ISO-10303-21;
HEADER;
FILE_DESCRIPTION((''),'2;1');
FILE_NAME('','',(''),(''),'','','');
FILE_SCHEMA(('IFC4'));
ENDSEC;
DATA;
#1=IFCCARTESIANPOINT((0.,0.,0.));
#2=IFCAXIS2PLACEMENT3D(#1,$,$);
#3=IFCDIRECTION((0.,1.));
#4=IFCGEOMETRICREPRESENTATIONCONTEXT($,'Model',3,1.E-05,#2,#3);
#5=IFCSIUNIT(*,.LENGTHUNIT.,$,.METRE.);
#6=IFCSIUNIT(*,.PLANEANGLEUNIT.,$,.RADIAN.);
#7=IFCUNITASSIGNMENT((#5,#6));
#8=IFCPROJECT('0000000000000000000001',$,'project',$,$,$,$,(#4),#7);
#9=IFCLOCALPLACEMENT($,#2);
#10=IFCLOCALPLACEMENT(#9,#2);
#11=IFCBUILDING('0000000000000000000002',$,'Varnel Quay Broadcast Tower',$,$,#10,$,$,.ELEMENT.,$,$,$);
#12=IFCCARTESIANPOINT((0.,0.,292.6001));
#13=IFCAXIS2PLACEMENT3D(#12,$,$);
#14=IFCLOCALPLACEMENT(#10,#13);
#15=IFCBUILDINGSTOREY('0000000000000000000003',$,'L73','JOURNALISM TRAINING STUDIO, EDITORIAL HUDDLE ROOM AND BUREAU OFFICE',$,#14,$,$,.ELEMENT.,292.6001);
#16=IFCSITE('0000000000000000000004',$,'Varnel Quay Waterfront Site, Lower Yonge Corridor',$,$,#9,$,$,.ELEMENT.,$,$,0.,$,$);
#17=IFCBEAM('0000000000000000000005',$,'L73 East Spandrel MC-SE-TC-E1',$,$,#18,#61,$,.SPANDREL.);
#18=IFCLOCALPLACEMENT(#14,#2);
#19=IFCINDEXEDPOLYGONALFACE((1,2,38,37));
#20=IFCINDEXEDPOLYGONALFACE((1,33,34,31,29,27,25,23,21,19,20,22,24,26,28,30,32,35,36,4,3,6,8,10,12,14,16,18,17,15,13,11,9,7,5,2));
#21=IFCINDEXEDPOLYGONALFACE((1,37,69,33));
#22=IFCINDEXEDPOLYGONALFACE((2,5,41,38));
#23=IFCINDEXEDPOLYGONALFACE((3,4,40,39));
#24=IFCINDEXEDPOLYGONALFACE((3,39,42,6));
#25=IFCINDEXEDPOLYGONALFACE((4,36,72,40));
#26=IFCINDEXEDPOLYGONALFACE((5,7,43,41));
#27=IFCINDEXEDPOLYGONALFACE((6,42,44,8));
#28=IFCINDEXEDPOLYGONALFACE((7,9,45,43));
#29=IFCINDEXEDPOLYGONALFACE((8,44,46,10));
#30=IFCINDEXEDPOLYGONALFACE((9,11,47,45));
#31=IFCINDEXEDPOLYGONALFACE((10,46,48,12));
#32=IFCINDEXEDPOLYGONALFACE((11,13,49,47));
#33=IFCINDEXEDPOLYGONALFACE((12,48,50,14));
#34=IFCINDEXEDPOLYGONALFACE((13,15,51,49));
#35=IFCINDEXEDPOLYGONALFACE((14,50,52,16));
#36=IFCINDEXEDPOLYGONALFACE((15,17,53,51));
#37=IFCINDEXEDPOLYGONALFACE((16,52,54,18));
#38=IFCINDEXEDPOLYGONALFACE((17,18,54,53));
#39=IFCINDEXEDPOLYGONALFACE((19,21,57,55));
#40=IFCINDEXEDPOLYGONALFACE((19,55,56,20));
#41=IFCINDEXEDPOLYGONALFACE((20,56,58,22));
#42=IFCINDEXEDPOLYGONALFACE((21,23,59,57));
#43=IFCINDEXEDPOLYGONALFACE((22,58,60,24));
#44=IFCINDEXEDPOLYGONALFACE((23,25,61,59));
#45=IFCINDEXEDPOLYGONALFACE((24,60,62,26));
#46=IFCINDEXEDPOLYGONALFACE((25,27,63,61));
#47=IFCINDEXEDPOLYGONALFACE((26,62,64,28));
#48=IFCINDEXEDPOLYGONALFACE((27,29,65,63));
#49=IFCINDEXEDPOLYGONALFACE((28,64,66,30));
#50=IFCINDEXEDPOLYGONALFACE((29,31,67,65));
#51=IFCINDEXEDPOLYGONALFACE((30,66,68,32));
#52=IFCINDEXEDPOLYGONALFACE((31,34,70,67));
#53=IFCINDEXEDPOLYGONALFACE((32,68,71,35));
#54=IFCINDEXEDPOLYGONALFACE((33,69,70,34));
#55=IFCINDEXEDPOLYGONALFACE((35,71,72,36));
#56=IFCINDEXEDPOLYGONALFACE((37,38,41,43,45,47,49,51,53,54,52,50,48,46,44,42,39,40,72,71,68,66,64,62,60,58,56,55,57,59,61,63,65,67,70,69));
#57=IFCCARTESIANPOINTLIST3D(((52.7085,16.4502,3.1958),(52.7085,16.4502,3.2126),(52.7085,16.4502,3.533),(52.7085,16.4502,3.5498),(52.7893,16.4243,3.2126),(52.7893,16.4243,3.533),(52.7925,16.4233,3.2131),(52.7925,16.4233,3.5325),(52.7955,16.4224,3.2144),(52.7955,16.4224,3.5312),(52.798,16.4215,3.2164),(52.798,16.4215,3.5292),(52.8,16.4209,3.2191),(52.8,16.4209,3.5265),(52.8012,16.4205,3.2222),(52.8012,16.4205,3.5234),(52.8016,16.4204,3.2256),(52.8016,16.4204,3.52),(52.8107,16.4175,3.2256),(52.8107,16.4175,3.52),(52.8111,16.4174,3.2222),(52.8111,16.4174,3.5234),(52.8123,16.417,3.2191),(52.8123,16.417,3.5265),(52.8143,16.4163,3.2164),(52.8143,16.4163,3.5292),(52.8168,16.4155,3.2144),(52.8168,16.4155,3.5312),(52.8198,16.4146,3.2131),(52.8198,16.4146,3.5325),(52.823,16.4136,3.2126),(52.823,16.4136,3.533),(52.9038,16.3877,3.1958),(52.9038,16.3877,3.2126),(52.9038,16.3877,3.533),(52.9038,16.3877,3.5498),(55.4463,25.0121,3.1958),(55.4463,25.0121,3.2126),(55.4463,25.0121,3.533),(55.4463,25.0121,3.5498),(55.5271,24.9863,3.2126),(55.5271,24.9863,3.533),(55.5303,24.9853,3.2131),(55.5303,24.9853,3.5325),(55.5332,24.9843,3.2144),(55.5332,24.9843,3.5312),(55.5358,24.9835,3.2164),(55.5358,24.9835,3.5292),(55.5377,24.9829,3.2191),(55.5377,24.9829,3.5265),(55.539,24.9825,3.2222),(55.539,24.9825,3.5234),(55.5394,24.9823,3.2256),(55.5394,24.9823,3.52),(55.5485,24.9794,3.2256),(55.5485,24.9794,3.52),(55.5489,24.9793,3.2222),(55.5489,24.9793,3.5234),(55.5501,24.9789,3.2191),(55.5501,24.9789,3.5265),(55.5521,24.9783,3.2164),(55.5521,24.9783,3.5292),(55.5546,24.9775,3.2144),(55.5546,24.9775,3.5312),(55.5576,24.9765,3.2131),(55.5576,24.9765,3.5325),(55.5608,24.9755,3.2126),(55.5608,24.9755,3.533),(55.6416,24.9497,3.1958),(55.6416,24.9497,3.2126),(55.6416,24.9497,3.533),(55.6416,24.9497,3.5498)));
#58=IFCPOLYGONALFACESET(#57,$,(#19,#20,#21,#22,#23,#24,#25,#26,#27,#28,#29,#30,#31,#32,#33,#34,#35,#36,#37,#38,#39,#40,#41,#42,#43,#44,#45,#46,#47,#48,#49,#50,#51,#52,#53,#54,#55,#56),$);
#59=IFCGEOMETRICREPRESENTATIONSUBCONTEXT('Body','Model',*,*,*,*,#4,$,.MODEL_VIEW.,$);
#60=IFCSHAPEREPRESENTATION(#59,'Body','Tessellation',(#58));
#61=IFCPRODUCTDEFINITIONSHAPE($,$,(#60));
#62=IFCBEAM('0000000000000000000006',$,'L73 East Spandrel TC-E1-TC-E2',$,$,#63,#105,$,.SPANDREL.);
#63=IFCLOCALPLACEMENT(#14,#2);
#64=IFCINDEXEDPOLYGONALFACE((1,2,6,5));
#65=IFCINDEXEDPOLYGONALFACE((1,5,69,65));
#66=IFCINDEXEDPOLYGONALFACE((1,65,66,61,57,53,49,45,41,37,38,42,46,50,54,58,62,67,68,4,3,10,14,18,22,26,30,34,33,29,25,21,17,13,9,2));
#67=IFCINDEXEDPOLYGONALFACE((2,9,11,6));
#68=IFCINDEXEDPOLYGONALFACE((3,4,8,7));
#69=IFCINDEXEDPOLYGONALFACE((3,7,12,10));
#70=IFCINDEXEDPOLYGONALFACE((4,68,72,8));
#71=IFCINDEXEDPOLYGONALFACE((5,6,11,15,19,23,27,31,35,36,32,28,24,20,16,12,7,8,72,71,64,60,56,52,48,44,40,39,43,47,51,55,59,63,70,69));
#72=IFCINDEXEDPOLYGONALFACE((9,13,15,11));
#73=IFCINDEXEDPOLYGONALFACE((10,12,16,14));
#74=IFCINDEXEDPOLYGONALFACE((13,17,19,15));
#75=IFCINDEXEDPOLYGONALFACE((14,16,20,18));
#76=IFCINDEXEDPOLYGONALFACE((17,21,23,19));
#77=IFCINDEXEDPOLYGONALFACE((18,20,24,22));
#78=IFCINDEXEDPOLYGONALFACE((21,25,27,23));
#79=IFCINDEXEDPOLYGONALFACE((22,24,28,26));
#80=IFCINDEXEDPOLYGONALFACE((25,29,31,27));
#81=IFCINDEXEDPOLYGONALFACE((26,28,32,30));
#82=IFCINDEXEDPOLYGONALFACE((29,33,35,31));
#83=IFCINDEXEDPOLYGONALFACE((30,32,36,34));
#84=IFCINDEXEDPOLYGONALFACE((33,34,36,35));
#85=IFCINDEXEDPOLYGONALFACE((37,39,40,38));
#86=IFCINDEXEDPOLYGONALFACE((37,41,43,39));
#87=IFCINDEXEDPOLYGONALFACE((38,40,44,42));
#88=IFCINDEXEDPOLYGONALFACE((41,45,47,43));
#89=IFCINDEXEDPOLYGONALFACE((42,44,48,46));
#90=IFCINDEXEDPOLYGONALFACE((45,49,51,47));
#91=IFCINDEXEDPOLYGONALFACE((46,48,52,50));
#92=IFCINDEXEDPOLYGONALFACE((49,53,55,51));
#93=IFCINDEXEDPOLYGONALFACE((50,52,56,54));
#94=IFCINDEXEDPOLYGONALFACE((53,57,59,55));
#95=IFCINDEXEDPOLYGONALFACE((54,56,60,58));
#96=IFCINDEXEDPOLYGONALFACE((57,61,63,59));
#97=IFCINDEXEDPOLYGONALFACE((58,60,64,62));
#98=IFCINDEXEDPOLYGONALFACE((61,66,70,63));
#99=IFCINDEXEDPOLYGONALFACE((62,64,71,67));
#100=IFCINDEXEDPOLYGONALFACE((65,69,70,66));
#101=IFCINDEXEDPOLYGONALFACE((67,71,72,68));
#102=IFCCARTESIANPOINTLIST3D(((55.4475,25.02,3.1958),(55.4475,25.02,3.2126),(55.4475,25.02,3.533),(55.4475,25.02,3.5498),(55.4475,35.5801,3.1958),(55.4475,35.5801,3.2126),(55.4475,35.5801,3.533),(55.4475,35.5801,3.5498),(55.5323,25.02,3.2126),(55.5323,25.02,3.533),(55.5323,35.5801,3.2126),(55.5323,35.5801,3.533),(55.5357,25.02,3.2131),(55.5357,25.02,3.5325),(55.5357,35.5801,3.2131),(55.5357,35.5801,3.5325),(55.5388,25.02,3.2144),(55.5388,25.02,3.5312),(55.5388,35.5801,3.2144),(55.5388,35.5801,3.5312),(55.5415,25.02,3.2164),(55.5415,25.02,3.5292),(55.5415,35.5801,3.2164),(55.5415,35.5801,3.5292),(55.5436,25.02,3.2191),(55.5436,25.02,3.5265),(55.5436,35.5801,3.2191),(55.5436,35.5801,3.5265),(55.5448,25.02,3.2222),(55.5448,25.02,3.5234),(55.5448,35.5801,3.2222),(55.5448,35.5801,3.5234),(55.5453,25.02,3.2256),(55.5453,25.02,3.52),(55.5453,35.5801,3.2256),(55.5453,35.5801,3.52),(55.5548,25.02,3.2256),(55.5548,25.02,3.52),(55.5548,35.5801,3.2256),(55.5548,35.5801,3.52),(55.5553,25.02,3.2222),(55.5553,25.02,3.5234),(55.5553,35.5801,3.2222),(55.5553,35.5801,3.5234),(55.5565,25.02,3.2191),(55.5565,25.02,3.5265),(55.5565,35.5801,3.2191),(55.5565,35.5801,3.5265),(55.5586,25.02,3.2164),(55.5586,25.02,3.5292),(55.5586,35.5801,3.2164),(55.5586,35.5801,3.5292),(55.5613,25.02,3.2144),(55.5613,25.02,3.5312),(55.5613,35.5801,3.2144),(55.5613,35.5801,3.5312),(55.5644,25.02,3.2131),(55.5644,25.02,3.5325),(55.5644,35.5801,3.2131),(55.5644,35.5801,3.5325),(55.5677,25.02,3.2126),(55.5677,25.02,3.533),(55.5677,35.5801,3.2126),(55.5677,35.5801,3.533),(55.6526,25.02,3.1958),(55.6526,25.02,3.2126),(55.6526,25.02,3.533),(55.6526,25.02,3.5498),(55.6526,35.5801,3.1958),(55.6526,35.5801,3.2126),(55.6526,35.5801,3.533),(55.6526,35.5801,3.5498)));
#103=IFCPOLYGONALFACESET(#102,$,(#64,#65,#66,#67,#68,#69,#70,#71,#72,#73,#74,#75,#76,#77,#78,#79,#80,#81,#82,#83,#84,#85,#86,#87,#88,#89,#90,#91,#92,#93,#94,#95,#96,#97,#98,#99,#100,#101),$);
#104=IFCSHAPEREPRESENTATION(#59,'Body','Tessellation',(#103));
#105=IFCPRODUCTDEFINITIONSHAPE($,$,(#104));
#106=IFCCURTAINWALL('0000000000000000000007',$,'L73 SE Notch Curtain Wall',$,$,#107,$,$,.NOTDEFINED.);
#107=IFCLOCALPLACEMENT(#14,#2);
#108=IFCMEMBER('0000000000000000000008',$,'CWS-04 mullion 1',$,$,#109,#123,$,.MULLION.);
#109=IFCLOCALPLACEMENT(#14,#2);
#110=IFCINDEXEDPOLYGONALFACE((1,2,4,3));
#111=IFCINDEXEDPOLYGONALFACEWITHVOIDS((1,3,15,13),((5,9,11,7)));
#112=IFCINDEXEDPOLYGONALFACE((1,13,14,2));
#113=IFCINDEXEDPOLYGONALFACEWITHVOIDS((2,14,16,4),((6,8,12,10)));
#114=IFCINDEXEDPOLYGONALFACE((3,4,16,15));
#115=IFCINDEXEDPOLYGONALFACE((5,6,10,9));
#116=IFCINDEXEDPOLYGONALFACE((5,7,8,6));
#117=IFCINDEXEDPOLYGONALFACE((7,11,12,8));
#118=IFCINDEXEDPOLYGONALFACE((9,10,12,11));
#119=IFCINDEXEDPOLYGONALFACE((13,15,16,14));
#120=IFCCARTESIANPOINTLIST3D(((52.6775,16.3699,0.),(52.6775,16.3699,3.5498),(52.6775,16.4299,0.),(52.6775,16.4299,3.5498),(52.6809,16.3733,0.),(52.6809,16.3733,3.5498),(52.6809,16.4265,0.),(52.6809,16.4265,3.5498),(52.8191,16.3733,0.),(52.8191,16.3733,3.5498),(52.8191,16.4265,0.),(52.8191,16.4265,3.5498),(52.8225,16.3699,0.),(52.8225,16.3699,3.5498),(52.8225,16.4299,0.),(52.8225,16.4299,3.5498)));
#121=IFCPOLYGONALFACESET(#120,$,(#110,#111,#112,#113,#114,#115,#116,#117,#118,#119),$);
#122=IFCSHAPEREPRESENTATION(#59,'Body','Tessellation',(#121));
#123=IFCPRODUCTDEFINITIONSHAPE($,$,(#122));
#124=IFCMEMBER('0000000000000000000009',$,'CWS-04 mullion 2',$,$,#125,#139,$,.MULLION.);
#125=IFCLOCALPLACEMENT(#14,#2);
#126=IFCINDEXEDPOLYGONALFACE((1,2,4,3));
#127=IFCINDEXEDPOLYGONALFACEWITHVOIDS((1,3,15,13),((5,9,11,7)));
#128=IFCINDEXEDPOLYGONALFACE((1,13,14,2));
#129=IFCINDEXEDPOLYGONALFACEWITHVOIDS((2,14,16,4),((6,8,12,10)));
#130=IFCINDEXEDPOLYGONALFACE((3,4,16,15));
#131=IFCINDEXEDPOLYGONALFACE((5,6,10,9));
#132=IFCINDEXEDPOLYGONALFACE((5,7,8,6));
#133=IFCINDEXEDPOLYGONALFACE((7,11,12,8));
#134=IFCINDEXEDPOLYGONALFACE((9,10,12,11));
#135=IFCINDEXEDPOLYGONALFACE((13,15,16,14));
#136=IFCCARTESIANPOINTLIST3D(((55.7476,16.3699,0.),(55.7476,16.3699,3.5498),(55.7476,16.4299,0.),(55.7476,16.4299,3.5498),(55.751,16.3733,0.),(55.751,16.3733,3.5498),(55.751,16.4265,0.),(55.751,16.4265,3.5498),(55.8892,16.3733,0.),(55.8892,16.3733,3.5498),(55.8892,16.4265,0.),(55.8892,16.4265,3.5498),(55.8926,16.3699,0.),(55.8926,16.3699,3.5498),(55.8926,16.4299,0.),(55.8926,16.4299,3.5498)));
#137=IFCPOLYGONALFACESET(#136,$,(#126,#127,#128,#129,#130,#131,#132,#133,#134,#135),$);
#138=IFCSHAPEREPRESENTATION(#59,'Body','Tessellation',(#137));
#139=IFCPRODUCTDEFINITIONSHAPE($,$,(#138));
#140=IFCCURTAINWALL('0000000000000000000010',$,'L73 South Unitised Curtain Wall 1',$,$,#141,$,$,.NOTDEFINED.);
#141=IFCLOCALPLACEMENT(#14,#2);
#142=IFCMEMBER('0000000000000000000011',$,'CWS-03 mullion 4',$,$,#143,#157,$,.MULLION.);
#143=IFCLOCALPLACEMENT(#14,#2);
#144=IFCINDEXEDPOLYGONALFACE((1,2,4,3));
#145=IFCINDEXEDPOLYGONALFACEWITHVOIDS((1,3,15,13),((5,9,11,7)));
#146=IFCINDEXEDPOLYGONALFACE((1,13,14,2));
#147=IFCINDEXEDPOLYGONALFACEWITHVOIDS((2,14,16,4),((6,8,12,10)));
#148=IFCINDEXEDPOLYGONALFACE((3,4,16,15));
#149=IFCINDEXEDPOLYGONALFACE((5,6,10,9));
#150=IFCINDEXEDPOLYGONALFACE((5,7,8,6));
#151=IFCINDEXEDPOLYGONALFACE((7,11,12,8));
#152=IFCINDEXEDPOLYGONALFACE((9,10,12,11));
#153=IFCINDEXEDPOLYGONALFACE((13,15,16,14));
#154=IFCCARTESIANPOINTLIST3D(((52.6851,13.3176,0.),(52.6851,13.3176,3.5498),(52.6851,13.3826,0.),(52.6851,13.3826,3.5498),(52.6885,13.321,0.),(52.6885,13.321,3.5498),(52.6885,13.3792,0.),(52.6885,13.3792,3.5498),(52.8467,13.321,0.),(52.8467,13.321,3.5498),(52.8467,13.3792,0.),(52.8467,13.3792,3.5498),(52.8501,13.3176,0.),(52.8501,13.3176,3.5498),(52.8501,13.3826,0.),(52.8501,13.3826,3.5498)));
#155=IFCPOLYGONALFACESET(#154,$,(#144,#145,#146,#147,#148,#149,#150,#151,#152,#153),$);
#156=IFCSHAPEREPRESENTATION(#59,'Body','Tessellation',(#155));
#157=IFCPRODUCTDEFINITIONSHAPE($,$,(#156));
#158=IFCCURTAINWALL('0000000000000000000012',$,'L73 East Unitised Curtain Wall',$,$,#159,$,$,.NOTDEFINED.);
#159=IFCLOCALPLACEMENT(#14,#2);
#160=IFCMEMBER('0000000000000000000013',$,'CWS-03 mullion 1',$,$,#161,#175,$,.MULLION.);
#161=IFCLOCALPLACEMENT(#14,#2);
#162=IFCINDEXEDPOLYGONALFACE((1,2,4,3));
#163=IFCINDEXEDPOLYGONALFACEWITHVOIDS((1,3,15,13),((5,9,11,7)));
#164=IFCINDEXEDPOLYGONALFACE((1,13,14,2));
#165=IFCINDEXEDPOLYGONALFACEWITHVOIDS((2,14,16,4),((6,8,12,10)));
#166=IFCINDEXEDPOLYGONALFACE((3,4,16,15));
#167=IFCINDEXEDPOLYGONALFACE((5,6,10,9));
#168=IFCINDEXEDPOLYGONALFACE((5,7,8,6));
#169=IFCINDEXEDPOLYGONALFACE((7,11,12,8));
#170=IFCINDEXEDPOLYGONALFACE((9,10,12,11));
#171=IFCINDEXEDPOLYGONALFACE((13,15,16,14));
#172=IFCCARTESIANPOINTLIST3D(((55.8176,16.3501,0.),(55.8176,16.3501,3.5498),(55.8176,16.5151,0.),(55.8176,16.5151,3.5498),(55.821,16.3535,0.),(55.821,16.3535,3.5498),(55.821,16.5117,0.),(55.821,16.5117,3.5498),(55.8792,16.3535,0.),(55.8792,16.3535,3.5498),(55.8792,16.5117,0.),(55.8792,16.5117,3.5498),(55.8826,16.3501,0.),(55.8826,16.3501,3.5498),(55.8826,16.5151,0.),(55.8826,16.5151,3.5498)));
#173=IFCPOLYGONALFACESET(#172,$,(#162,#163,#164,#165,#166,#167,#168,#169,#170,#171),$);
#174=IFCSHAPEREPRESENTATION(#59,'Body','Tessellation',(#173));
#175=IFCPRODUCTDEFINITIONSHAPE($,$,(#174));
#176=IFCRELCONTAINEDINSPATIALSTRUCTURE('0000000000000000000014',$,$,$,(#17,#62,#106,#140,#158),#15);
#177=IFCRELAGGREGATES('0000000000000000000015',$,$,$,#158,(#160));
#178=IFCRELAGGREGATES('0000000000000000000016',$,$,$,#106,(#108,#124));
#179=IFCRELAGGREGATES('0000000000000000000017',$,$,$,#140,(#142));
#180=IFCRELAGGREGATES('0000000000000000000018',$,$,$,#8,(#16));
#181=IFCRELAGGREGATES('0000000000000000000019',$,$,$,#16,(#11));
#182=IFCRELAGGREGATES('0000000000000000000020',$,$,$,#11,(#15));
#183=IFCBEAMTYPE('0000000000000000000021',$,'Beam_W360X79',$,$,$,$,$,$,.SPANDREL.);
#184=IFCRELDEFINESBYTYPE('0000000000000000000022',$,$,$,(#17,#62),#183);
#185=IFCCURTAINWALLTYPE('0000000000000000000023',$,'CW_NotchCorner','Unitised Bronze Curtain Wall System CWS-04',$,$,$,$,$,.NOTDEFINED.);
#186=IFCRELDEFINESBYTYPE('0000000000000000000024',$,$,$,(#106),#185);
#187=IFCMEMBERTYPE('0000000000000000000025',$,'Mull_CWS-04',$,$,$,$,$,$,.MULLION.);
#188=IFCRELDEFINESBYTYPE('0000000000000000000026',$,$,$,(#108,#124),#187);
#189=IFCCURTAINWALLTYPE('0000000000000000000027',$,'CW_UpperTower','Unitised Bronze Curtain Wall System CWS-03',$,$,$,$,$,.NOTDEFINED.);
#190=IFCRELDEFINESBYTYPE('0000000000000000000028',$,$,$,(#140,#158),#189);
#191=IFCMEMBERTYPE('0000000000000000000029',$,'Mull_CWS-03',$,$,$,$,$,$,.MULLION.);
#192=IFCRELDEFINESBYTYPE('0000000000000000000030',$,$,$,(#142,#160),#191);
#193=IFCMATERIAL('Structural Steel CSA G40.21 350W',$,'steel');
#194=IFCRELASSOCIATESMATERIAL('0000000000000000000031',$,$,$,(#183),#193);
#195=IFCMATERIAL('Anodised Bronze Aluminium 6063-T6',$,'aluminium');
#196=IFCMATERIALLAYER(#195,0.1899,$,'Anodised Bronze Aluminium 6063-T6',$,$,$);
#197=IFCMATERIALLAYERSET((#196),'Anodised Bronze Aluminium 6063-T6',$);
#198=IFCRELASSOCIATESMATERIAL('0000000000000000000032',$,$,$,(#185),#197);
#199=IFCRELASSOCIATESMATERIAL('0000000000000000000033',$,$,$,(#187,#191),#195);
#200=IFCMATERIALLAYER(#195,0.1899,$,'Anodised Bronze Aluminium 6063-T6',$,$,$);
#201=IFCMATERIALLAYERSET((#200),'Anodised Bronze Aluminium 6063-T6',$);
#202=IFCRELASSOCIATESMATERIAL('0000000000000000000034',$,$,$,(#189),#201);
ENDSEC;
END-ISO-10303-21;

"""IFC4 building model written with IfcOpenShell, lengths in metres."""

from ifc_helpers import new_model, si_unit, direction, frame, origin, origin_2d, place, context, subcontext, project, spatial, hollow_rectangle, i_section, extrude, source, transform, mapped, material, layer, layer_set, material_profile, profile_set, type_object, type_shapes, element, aggregate, save


model = new_model("IFC4")

# Units and contexts
model_context = context("Model", 3, precision=1e-05, world=origin(), true_north=direction((0.0, 1.0)))
body_context = subcontext(model_context, "Body", "Model", "MODEL_VIEW")
ifc_project = project(units=[si_unit("LENGTHUNIT", "METRE"), si_unit("PLANEANGLEUNIT", "RADIAN")], contexts=[model_context])

# Site, building, storey
site_placement = place(None, origin())
site = spatial("IfcSite", under=ifc_project, at=site_placement, Name="Varnel Quay Waterfront Site, Lower Yonge Corridor", CompositionType="ELEMENT", RefElevation=0.0)
building_placement = place(site_placement, origin())
building = spatial("IfcBuilding", under=site, at=building_placement, Name="Varnel Quay Broadcast Tower", CompositionType="ELEMENT")
storey_placement = place(building_placement, frame((0.0, 0.0, 292.6001)))
storey = spatial("IfcBuildingStorey", under=building, at=storey_placement, Name="L73", Description="JOURNALISM TRAINING STUDIO, EDITORIAL HUDDLE ROOM AND BUREAU OFFICE", CompositionType="ELEMENT", Elevation=292.6001)

# Shared definitions
ifc_material_1 = material(Name="Structural Steel CSA G40.21 350W", Category="steel")

# Beams
ifc_material_profile_1 = material_profile(ifc_material_1, i_section(OverallWidth=0.2051, OverallDepth=0.354, WebThickness=0.0095, FlangeThickness=0.0168, FilletRadius=0.0129, at=origin_2d()), Name="W360X79")
ifc_profile_set_1 = profile_set([ifc_material_profile_1], Name="Structural Steel CSA G40.21 350W")
beam_type = type_object("IfcBeamType", Name="Beam_W360X79", PredefinedType="SPANDREL", material=ifc_profile_set_1)
shared_shape_1 = source(origin(), body_context, "Body", "SweptSolid", [
    extrude(i_section(OverallWidth=0.2051, OverallDepth=0.354, WebThickness=0.0095, FlangeThickness=0.0168, FilletRadius=0.0129, at=origin_2d()), origin(), (0.0, 0.0, 1.0), 8.989),
])
beam_1_placement = place(storey_placement, frame((52.8062, 16.4189, 3.3728), z_axis=(0.304569, 0.95249, 0.0), x_axis=(-0.95249, 0.304569, 0.0)))
element("IfcBeam", 1, at=beam_1_placement, inside=storey, type_object=beam_type, Name="L73 East Spandrel MC-SE-TC-E1", PredefinedType="SPANDREL", context=body_context, shape_type="MappedRepresentation", body=[
    mapped(shared_shape_1, transform((0.0, 0.0, 0.0), x_axis=(1.0, 0.0, 0.0), y_axis=(0.0, 1.0, 0.0), z_axis=(0.0, 0.0, 1.0), scale=1.0)),
])
shared_shape_2 = source(origin(), body_context, "Body", "SweptSolid", [
    extrude(i_section(OverallWidth=0.2051, OverallDepth=0.354, WebThickness=0.0095, FlangeThickness=0.0168, FilletRadius=0.0129, at=origin_2d()), origin(), (0.0, 0.0, 1.0), 10.5601),
])
beam_2_placement = place(storey_placement, frame((55.55, 25.02, 3.3728), z_axis=(0.0, 1.0, 0.0), x_axis=(-1.0, 0.0, 0.0)))
element("IfcBeam", 2, at=beam_2_placement, inside=storey, type_object=beam_type, Name="L73 East Spandrel TC-E1-TC-E2", PredefinedType="SPANDREL", context=body_context, shape_type="MappedRepresentation", body=[
    mapped(shared_shape_2, transform((0.0, 0.0, 0.0), x_axis=(1.0, 0.0, 0.0), y_axis=(0.0, 1.0, 0.0), z_axis=(0.0, 0.0, 1.0), scale=1.0)),
])

# Curtain wall, members
ifc_material_2 = material(Name="Anodised Bronze Aluminium 6063-T6", Category="aluminium")
ifc_layer_1 = layer(ifc_material_2, 0.1899, Name="Anodised Bronze Aluminium 6063-T6")
ifc_layer_set_1 = layer_set([ifc_layer_1], Name="Anodised Bronze Aluminium 6063-T6")
curtain_wall_type_1 = type_object("IfcCurtainWallType", Name="CW_NotchCorner", Description="Unitised Bronze Curtain Wall System CWS-04", PredefinedType="NOTDEFINED", material=ifc_layer_set_1)
curtain_wall_1_placement = place(storey_placement, origin())
curtain_wall_1 = element("IfcCurtainWall", 3, at=curtain_wall_1_placement, inside=storey, type_object=curtain_wall_type_1, Name="L73 SE Notch Curtain Wall", PredefinedType="NOTDEFINED")
ifc_material_profile_2 = material_profile(ifc_material_2, hollow_rectangle(XDim=0.0601, YDim=0.145, WallThickness=0.0034, at=origin_2d()), Name="ALU60X145X3.5")
ifc_profile_set_2 = profile_set([ifc_material_profile_2], Name="Anodised Bronze Aluminium 6063-T6")
member_type_1 = type_object("IfcMemberType", Name="Mull_CWS-04", PredefinedType="MULLION", material=ifc_profile_set_2)
shared_shape_3 = source(origin(), body_context, "Body", "SweptSolid", [
    extrude(hollow_rectangle(XDim=0.0601, YDim=0.145, WallThickness=0.0034, at=origin_2d()), origin(), (0.0, 0.0, 1.0), 3.5498),
])
type_shapes(member_type_1, [shared_shape_3])
member_1_placement = place(storey_placement, frame((52.75, 16.3999, 0.0), z_axis=(0.0, 0.0, 1.0), x_axis=(0.0, 1.0, 0.0)))
member_1 = element("IfcMember", 4, at=member_1_placement, type_object=member_type_1, Name="CWS-04 mullion 1", PredefinedType="MULLION", context=body_context, shape_type="MappedRepresentation", body=[
    mapped(shared_shape_3, transform((0.0, 0.0, 0.0), x_axis=(1.0, 0.0, 0.0), y_axis=(0.0, 1.0, 0.0), z_axis=(0.0, 0.0, 1.0), scale=1.0)),
])
member_2_placement = place(storey_placement, frame((55.8201, 16.3999, 0.0), z_axis=(0.0, 0.0, 1.0), x_axis=(0.0, 1.0, 0.0)))
member_2 = element("IfcMember", 5, at=member_2_placement, type_object=member_type_1, Name="CWS-04 mullion 2", PredefinedType="MULLION", context=body_context, shape_type="MappedRepresentation", body=[
    mapped(shared_shape_3, transform((0.0, 0.0, 0.0), x_axis=(1.0, 0.0, 0.0), y_axis=(0.0, 1.0, 0.0), z_axis=(0.0, 0.0, 1.0), scale=1.0)),
])

# Curtain wall, member
ifc_layer_2 = layer(ifc_material_2, 0.1899, Name="Anodised Bronze Aluminium 6063-T6")
ifc_layer_set_2 = layer_set([ifc_layer_2], Name="Anodised Bronze Aluminium 6063-T6")
curtain_wall_type_2 = type_object("IfcCurtainWallType", Name="CW_UpperTower", Description="Unitised Bronze Curtain Wall System CWS-03", PredefinedType="NOTDEFINED", material=ifc_layer_set_2)
curtain_wall_2_placement = place(storey_placement, origin())
curtain_wall_2 = element("IfcCurtainWall", 6, at=curtain_wall_2_placement, inside=storey, type_object=curtain_wall_type_2, Name="L73 South Unitised Curtain Wall 1", PredefinedType="NOTDEFINED")
ifc_material_profile_3 = material_profile(ifc_material_2, hollow_rectangle(XDim=0.0649, YDim=0.165, WallThickness=0.0034, at=origin_2d()), Name="ALU65X165X3.5")
ifc_profile_set_3 = profile_set([ifc_material_profile_3], Name="Anodised Bronze Aluminium 6063-T6")
member_type_2 = type_object("IfcMemberType", Name="Mull_CWS-03", PredefinedType="MULLION", material=ifc_profile_set_3)
shared_shape_4 = source(origin(), body_context, "Body", "SweptSolid", [
    extrude(hollow_rectangle(XDim=0.0649, YDim=0.165, WallThickness=0.0034, at=origin_2d()), origin(), (0.0, 0.0, 1.0), 3.5498),
])
type_shapes(member_type_2, [shared_shape_4])
member_3_placement = place(storey_placement, frame((52.7676, 13.3501, 0.0), z_axis=(0.0, 0.0, 1.0), x_axis=(0.0, 1.0, 0.0)))
member_3 = element("IfcMember", 7, at=member_3_placement, type_object=member_type_2, Name="CWS-03 mullion 4", PredefinedType="MULLION", context=body_context, shape_type="MappedRepresentation", body=[
    mapped(shared_shape_4, transform((0.0, 0.0, 0.0), x_axis=(1.0, 0.0, 0.0), y_axis=(0.0, 1.0, 0.0), z_axis=(0.0, 0.0, 1.0), scale=1.0)),
])

# Curtain wall, member
curtain_wall_3_placement = place(storey_placement, origin())
curtain_wall_3 = element("IfcCurtainWall", 8, at=curtain_wall_3_placement, inside=storey, type_object=curtain_wall_type_2, Name="L73 East Unitised Curtain Wall", PredefinedType="NOTDEFINED")
member_4_placement = place(storey_placement, frame((55.8501, 16.4326, 0.0), z_axis=(0.0, 0.0, 1.0), x_axis=(-1.0, 0.0, 0.0)))
member_4 = element("IfcMember", 9, at=member_4_placement, type_object=member_type_2, Name="CWS-03 mullion 1", PredefinedType="MULLION", context=body_context, shape_type="MappedRepresentation", body=[
    mapped(shared_shape_4, transform((0.0, 0.0, 0.0), x_axis=(1.0, 0.0, 0.0), y_axis=(0.0, 1.0, 0.0), z_axis=(0.0, 0.0, 1.0), scale=1.0)),
])

aggregate(curtain_wall_3, [member_4])
aggregate(curtain_wall_1, [member_1, member_2])
aggregate(curtain_wall_2, [member_3])

save(model, "model.ifc")
